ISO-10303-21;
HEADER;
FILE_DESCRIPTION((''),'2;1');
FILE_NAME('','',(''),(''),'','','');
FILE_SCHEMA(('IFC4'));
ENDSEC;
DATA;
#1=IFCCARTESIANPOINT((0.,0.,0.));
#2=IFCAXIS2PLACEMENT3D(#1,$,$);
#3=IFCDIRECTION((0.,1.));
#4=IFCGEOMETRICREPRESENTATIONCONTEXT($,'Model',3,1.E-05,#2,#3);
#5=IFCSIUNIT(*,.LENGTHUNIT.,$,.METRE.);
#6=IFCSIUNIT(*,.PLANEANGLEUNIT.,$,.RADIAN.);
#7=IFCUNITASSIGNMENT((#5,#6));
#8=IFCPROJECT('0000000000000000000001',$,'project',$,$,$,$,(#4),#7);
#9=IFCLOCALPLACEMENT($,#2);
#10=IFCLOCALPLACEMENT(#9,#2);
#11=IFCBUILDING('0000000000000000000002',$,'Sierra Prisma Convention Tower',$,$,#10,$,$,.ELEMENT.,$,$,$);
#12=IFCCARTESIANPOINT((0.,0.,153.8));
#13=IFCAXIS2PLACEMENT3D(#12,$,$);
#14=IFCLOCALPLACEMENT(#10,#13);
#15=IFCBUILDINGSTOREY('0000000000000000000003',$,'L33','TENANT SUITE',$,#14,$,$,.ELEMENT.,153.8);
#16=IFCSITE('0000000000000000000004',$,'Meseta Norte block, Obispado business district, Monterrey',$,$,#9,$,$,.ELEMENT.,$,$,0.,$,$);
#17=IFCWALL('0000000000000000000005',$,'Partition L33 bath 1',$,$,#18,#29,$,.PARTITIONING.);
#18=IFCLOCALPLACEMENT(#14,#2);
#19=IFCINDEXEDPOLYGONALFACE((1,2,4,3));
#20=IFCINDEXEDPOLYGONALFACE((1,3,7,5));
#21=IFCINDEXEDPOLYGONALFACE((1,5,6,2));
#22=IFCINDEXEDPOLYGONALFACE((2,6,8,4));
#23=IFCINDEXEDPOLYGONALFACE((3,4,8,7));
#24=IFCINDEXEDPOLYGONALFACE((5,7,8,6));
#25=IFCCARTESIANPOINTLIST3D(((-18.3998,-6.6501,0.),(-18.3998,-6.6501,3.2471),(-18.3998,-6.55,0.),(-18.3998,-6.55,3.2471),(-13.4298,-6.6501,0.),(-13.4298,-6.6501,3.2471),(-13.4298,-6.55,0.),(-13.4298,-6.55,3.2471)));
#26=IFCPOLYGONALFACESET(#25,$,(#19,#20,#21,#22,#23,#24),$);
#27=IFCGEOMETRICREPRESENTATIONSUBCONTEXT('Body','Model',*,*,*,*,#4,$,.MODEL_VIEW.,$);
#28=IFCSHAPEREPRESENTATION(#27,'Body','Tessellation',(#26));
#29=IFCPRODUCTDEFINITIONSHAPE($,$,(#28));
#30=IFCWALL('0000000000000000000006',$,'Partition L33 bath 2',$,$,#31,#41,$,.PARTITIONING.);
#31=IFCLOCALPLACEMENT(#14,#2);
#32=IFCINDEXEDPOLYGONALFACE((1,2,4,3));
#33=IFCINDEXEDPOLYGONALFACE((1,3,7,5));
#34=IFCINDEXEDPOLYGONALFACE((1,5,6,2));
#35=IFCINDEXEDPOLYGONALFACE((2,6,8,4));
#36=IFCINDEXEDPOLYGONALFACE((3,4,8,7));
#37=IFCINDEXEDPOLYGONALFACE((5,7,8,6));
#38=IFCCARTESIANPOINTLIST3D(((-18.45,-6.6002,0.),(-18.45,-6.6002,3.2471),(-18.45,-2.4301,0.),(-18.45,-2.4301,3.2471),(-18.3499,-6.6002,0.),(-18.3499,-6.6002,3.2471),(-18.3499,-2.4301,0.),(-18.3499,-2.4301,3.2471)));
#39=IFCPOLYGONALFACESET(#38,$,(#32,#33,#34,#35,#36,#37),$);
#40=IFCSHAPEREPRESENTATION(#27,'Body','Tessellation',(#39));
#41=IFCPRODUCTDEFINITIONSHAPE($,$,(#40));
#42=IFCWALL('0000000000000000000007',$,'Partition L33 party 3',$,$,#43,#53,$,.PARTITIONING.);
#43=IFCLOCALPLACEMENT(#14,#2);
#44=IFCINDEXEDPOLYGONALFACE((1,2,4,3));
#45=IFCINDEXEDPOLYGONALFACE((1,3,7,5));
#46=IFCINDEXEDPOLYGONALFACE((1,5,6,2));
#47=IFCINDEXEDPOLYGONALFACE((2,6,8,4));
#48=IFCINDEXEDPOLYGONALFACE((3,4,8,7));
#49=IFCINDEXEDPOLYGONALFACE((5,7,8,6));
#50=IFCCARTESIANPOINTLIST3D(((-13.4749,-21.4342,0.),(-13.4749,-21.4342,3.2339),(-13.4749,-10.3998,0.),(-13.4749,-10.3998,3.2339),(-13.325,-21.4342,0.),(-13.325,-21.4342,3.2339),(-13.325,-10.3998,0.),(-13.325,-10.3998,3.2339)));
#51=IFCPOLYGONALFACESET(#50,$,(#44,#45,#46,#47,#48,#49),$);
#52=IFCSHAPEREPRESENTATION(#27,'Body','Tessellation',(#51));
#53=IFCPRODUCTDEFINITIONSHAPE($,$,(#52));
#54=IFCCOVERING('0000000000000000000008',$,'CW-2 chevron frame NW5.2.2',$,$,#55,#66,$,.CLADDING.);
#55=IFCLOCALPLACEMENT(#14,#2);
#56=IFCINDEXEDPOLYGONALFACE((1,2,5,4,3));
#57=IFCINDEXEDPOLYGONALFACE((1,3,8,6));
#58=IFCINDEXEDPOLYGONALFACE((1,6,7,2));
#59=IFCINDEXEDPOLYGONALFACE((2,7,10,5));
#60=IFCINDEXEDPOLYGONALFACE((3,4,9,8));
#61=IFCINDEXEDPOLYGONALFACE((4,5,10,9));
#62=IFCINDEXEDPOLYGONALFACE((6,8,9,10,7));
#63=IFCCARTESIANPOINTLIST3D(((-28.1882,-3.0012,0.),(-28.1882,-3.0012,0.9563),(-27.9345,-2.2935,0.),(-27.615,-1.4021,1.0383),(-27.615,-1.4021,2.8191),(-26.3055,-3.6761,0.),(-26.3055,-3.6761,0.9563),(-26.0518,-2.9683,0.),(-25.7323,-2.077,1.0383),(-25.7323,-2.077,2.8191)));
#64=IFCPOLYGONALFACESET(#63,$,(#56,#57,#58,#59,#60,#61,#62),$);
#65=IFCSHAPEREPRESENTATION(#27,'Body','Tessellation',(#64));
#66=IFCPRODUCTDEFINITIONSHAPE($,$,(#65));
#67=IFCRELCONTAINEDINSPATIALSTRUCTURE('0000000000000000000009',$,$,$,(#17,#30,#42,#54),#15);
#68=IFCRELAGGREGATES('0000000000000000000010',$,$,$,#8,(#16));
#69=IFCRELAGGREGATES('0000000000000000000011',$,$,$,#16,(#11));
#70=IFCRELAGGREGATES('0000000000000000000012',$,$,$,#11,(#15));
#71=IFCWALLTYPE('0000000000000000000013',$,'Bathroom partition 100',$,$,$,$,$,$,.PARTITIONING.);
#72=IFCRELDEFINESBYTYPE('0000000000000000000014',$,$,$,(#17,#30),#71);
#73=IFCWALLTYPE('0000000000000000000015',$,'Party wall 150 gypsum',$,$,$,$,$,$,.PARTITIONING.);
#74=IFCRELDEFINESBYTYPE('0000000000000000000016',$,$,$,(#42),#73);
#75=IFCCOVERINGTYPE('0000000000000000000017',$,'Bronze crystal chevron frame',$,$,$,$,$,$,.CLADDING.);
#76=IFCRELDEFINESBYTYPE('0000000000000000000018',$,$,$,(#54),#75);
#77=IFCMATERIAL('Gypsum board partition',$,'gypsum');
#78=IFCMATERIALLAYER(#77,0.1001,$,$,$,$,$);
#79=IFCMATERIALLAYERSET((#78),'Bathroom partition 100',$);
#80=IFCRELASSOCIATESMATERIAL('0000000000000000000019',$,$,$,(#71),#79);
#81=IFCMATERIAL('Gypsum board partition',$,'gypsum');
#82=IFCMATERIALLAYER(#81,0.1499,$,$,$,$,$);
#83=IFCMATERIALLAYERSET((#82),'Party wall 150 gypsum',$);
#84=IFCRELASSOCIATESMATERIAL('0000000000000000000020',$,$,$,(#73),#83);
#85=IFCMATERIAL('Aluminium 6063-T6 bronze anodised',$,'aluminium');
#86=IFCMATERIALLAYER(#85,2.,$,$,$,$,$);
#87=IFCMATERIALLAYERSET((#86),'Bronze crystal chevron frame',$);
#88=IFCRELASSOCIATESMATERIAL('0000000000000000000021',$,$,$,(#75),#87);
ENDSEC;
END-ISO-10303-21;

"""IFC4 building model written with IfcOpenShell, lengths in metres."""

from ifc_helpers import new_model, si_unit, direction, frame, frame_2d, origin, place, context, subcontext, project, spatial, polyline, rectangle, outline, extrude, material, layer, layer_set, type_object, element, save


model = new_model("IFC4")

# Units and contexts
model_context = context("Model", 3, precision=1e-05, world=origin(), true_north=direction((0.0, 1.0)))
body_context = subcontext(model_context, "Body", "Model", "MODEL_VIEW")
ifc_project = project(units=[si_unit("LENGTHUNIT", "METRE"), si_unit("PLANEANGLEUNIT", "RADIAN")], contexts=[model_context])

# Site, building, storey
site_placement = place(None, origin())
site = spatial("IfcSite", under=ifc_project, at=site_placement, Name="Meseta Norte block, Obispado business district, Monterrey", CompositionType="ELEMENT", RefElevation=0.0)
building_placement = place(site_placement, origin())
building = spatial("IfcBuilding", under=site, at=building_placement, Name="Sierra Prisma Convention Tower", CompositionType="ELEMENT")
storey_placement = place(building_placement, frame((0.0, 0.0, 153.8)))
storey = spatial("IfcBuildingStorey", under=building, at=storey_placement, Name="L33", Description="TENANT SUITE", CompositionType="ELEMENT", Elevation=153.8)

# Walls
ifc_material_1 = material(Name="Gypsum board partition", Category="gypsum")
ifc_layer_1 = layer(ifc_material_1, 0.1001)
ifc_layer_set_1 = layer_set([ifc_layer_1], Name="Bathroom partition 100")
wall_type_1 = type_object("IfcWallType", Name="Bathroom partition 100", PredefinedType="PARTITIONING", material=ifc_layer_set_1)
wall_1_placement = place(storey_placement, frame((-13.4299, -6.6001, 0.0), z_axis=(0.0, 0.0, 1.0), x_axis=(-1.0, 0.0, 0.0)))
element("IfcWall", 1, at=wall_1_placement, inside=storey, type_object=wall_type_1, Name="Partition L33 bath 1", PredefinedType="PARTITIONING", context=body_context, shape_type="SweptSolid", body=[
    extrude(rectangle(XDim=4.97, YDim=0.1001, at=frame_2d((2.4849, 0.0))), origin(), (0.0, 0.0, 1.0), 3.2471),
])
wall_2_placement = place(storey_placement, frame((-18.3999, -6.6001, 0.0), z_axis=(0.0, 0.0, 1.0), x_axis=(0.0, 1.0, 0.0)))
element("IfcWall", 2, at=wall_2_placement, inside=storey, type_object=wall_type_1, Name="Partition L33 bath 2", PredefinedType="PARTITIONING", context=body_context, shape_type="SweptSolid", body=[
    extrude(rectangle(XDim=4.1702, YDim=0.1001, at=frame_2d((2.085, 0.0))), origin(), (0.0, 0.0, 1.0), 3.2471),
])
ifc_material_2 = material(Name="Gypsum board partition", Category="gypsum")
ifc_layer_2 = layer(ifc_material_2, 0.1499)
ifc_layer_set_2 = layer_set([ifc_layer_2], Name="Party wall 150 gypsum")
wall_type_2 = type_object("IfcWallType", Name="Party wall 150 gypsum", PredefinedType="PARTITIONING", material=ifc_layer_set_2)
wall_3_placement = place(storey_placement, frame((-13.3999, -10.3999, 0.0), z_axis=(0.0, 0.0, 1.0), x_axis=(0.0, -1.0, 0.0)))
element("IfcWall", 3, at=wall_3_placement, inside=storey, type_object=wall_type_2, Name="Partition L33 party 3", PredefinedType="PARTITIONING", context=body_context, shape_type="SweptSolid", body=[
    extrude(rectangle(XDim=11.0344, YDim=0.1499, at=frame_2d((5.5171, 0.0))), origin(), (0.0, 0.0, 1.0), 3.2339),
])

# Covering
ifc_material_3 = material(Name="Aluminium 6063-T6 bronze anodised", Category="aluminium")
ifc_layer_3 = layer(ifc_material_3, 2.0)
ifc_layer_set_3 = layer_set([ifc_layer_3], Name="Bronze crystal chevron frame")
covering_type = type_object("IfcCoveringType", Name="Bronze crystal chevron frame", PredefinedType="CLADDING", material=ifc_layer_set_3)
covering_placement = place(storey_placement, frame((-28.1882, -3.0012, 0.0), z_axis=(-0.941348, 0.337438, 0.000015), x_axis=(0.000014, -0.000005, 1.0)))
element("IfcCovering", 4, at=covering_placement, inside=storey, type_object=covering_type, Name="CW-2 chevron frame NW5.2.2", PredefinedType="CLADDING", context=body_context, shape_type="SweptSolid", body=[
    extrude(outline(polyline([(0.0, 0.0), (0.9563, 0.0), (2.8191, 1.6988), (1.0383, 1.6988), (0.0, 0.7518), (0.0, 0.0)])), origin(), (0.0, 0.0, -1.0), 2.0),
])

save(model, "model.ifc")
